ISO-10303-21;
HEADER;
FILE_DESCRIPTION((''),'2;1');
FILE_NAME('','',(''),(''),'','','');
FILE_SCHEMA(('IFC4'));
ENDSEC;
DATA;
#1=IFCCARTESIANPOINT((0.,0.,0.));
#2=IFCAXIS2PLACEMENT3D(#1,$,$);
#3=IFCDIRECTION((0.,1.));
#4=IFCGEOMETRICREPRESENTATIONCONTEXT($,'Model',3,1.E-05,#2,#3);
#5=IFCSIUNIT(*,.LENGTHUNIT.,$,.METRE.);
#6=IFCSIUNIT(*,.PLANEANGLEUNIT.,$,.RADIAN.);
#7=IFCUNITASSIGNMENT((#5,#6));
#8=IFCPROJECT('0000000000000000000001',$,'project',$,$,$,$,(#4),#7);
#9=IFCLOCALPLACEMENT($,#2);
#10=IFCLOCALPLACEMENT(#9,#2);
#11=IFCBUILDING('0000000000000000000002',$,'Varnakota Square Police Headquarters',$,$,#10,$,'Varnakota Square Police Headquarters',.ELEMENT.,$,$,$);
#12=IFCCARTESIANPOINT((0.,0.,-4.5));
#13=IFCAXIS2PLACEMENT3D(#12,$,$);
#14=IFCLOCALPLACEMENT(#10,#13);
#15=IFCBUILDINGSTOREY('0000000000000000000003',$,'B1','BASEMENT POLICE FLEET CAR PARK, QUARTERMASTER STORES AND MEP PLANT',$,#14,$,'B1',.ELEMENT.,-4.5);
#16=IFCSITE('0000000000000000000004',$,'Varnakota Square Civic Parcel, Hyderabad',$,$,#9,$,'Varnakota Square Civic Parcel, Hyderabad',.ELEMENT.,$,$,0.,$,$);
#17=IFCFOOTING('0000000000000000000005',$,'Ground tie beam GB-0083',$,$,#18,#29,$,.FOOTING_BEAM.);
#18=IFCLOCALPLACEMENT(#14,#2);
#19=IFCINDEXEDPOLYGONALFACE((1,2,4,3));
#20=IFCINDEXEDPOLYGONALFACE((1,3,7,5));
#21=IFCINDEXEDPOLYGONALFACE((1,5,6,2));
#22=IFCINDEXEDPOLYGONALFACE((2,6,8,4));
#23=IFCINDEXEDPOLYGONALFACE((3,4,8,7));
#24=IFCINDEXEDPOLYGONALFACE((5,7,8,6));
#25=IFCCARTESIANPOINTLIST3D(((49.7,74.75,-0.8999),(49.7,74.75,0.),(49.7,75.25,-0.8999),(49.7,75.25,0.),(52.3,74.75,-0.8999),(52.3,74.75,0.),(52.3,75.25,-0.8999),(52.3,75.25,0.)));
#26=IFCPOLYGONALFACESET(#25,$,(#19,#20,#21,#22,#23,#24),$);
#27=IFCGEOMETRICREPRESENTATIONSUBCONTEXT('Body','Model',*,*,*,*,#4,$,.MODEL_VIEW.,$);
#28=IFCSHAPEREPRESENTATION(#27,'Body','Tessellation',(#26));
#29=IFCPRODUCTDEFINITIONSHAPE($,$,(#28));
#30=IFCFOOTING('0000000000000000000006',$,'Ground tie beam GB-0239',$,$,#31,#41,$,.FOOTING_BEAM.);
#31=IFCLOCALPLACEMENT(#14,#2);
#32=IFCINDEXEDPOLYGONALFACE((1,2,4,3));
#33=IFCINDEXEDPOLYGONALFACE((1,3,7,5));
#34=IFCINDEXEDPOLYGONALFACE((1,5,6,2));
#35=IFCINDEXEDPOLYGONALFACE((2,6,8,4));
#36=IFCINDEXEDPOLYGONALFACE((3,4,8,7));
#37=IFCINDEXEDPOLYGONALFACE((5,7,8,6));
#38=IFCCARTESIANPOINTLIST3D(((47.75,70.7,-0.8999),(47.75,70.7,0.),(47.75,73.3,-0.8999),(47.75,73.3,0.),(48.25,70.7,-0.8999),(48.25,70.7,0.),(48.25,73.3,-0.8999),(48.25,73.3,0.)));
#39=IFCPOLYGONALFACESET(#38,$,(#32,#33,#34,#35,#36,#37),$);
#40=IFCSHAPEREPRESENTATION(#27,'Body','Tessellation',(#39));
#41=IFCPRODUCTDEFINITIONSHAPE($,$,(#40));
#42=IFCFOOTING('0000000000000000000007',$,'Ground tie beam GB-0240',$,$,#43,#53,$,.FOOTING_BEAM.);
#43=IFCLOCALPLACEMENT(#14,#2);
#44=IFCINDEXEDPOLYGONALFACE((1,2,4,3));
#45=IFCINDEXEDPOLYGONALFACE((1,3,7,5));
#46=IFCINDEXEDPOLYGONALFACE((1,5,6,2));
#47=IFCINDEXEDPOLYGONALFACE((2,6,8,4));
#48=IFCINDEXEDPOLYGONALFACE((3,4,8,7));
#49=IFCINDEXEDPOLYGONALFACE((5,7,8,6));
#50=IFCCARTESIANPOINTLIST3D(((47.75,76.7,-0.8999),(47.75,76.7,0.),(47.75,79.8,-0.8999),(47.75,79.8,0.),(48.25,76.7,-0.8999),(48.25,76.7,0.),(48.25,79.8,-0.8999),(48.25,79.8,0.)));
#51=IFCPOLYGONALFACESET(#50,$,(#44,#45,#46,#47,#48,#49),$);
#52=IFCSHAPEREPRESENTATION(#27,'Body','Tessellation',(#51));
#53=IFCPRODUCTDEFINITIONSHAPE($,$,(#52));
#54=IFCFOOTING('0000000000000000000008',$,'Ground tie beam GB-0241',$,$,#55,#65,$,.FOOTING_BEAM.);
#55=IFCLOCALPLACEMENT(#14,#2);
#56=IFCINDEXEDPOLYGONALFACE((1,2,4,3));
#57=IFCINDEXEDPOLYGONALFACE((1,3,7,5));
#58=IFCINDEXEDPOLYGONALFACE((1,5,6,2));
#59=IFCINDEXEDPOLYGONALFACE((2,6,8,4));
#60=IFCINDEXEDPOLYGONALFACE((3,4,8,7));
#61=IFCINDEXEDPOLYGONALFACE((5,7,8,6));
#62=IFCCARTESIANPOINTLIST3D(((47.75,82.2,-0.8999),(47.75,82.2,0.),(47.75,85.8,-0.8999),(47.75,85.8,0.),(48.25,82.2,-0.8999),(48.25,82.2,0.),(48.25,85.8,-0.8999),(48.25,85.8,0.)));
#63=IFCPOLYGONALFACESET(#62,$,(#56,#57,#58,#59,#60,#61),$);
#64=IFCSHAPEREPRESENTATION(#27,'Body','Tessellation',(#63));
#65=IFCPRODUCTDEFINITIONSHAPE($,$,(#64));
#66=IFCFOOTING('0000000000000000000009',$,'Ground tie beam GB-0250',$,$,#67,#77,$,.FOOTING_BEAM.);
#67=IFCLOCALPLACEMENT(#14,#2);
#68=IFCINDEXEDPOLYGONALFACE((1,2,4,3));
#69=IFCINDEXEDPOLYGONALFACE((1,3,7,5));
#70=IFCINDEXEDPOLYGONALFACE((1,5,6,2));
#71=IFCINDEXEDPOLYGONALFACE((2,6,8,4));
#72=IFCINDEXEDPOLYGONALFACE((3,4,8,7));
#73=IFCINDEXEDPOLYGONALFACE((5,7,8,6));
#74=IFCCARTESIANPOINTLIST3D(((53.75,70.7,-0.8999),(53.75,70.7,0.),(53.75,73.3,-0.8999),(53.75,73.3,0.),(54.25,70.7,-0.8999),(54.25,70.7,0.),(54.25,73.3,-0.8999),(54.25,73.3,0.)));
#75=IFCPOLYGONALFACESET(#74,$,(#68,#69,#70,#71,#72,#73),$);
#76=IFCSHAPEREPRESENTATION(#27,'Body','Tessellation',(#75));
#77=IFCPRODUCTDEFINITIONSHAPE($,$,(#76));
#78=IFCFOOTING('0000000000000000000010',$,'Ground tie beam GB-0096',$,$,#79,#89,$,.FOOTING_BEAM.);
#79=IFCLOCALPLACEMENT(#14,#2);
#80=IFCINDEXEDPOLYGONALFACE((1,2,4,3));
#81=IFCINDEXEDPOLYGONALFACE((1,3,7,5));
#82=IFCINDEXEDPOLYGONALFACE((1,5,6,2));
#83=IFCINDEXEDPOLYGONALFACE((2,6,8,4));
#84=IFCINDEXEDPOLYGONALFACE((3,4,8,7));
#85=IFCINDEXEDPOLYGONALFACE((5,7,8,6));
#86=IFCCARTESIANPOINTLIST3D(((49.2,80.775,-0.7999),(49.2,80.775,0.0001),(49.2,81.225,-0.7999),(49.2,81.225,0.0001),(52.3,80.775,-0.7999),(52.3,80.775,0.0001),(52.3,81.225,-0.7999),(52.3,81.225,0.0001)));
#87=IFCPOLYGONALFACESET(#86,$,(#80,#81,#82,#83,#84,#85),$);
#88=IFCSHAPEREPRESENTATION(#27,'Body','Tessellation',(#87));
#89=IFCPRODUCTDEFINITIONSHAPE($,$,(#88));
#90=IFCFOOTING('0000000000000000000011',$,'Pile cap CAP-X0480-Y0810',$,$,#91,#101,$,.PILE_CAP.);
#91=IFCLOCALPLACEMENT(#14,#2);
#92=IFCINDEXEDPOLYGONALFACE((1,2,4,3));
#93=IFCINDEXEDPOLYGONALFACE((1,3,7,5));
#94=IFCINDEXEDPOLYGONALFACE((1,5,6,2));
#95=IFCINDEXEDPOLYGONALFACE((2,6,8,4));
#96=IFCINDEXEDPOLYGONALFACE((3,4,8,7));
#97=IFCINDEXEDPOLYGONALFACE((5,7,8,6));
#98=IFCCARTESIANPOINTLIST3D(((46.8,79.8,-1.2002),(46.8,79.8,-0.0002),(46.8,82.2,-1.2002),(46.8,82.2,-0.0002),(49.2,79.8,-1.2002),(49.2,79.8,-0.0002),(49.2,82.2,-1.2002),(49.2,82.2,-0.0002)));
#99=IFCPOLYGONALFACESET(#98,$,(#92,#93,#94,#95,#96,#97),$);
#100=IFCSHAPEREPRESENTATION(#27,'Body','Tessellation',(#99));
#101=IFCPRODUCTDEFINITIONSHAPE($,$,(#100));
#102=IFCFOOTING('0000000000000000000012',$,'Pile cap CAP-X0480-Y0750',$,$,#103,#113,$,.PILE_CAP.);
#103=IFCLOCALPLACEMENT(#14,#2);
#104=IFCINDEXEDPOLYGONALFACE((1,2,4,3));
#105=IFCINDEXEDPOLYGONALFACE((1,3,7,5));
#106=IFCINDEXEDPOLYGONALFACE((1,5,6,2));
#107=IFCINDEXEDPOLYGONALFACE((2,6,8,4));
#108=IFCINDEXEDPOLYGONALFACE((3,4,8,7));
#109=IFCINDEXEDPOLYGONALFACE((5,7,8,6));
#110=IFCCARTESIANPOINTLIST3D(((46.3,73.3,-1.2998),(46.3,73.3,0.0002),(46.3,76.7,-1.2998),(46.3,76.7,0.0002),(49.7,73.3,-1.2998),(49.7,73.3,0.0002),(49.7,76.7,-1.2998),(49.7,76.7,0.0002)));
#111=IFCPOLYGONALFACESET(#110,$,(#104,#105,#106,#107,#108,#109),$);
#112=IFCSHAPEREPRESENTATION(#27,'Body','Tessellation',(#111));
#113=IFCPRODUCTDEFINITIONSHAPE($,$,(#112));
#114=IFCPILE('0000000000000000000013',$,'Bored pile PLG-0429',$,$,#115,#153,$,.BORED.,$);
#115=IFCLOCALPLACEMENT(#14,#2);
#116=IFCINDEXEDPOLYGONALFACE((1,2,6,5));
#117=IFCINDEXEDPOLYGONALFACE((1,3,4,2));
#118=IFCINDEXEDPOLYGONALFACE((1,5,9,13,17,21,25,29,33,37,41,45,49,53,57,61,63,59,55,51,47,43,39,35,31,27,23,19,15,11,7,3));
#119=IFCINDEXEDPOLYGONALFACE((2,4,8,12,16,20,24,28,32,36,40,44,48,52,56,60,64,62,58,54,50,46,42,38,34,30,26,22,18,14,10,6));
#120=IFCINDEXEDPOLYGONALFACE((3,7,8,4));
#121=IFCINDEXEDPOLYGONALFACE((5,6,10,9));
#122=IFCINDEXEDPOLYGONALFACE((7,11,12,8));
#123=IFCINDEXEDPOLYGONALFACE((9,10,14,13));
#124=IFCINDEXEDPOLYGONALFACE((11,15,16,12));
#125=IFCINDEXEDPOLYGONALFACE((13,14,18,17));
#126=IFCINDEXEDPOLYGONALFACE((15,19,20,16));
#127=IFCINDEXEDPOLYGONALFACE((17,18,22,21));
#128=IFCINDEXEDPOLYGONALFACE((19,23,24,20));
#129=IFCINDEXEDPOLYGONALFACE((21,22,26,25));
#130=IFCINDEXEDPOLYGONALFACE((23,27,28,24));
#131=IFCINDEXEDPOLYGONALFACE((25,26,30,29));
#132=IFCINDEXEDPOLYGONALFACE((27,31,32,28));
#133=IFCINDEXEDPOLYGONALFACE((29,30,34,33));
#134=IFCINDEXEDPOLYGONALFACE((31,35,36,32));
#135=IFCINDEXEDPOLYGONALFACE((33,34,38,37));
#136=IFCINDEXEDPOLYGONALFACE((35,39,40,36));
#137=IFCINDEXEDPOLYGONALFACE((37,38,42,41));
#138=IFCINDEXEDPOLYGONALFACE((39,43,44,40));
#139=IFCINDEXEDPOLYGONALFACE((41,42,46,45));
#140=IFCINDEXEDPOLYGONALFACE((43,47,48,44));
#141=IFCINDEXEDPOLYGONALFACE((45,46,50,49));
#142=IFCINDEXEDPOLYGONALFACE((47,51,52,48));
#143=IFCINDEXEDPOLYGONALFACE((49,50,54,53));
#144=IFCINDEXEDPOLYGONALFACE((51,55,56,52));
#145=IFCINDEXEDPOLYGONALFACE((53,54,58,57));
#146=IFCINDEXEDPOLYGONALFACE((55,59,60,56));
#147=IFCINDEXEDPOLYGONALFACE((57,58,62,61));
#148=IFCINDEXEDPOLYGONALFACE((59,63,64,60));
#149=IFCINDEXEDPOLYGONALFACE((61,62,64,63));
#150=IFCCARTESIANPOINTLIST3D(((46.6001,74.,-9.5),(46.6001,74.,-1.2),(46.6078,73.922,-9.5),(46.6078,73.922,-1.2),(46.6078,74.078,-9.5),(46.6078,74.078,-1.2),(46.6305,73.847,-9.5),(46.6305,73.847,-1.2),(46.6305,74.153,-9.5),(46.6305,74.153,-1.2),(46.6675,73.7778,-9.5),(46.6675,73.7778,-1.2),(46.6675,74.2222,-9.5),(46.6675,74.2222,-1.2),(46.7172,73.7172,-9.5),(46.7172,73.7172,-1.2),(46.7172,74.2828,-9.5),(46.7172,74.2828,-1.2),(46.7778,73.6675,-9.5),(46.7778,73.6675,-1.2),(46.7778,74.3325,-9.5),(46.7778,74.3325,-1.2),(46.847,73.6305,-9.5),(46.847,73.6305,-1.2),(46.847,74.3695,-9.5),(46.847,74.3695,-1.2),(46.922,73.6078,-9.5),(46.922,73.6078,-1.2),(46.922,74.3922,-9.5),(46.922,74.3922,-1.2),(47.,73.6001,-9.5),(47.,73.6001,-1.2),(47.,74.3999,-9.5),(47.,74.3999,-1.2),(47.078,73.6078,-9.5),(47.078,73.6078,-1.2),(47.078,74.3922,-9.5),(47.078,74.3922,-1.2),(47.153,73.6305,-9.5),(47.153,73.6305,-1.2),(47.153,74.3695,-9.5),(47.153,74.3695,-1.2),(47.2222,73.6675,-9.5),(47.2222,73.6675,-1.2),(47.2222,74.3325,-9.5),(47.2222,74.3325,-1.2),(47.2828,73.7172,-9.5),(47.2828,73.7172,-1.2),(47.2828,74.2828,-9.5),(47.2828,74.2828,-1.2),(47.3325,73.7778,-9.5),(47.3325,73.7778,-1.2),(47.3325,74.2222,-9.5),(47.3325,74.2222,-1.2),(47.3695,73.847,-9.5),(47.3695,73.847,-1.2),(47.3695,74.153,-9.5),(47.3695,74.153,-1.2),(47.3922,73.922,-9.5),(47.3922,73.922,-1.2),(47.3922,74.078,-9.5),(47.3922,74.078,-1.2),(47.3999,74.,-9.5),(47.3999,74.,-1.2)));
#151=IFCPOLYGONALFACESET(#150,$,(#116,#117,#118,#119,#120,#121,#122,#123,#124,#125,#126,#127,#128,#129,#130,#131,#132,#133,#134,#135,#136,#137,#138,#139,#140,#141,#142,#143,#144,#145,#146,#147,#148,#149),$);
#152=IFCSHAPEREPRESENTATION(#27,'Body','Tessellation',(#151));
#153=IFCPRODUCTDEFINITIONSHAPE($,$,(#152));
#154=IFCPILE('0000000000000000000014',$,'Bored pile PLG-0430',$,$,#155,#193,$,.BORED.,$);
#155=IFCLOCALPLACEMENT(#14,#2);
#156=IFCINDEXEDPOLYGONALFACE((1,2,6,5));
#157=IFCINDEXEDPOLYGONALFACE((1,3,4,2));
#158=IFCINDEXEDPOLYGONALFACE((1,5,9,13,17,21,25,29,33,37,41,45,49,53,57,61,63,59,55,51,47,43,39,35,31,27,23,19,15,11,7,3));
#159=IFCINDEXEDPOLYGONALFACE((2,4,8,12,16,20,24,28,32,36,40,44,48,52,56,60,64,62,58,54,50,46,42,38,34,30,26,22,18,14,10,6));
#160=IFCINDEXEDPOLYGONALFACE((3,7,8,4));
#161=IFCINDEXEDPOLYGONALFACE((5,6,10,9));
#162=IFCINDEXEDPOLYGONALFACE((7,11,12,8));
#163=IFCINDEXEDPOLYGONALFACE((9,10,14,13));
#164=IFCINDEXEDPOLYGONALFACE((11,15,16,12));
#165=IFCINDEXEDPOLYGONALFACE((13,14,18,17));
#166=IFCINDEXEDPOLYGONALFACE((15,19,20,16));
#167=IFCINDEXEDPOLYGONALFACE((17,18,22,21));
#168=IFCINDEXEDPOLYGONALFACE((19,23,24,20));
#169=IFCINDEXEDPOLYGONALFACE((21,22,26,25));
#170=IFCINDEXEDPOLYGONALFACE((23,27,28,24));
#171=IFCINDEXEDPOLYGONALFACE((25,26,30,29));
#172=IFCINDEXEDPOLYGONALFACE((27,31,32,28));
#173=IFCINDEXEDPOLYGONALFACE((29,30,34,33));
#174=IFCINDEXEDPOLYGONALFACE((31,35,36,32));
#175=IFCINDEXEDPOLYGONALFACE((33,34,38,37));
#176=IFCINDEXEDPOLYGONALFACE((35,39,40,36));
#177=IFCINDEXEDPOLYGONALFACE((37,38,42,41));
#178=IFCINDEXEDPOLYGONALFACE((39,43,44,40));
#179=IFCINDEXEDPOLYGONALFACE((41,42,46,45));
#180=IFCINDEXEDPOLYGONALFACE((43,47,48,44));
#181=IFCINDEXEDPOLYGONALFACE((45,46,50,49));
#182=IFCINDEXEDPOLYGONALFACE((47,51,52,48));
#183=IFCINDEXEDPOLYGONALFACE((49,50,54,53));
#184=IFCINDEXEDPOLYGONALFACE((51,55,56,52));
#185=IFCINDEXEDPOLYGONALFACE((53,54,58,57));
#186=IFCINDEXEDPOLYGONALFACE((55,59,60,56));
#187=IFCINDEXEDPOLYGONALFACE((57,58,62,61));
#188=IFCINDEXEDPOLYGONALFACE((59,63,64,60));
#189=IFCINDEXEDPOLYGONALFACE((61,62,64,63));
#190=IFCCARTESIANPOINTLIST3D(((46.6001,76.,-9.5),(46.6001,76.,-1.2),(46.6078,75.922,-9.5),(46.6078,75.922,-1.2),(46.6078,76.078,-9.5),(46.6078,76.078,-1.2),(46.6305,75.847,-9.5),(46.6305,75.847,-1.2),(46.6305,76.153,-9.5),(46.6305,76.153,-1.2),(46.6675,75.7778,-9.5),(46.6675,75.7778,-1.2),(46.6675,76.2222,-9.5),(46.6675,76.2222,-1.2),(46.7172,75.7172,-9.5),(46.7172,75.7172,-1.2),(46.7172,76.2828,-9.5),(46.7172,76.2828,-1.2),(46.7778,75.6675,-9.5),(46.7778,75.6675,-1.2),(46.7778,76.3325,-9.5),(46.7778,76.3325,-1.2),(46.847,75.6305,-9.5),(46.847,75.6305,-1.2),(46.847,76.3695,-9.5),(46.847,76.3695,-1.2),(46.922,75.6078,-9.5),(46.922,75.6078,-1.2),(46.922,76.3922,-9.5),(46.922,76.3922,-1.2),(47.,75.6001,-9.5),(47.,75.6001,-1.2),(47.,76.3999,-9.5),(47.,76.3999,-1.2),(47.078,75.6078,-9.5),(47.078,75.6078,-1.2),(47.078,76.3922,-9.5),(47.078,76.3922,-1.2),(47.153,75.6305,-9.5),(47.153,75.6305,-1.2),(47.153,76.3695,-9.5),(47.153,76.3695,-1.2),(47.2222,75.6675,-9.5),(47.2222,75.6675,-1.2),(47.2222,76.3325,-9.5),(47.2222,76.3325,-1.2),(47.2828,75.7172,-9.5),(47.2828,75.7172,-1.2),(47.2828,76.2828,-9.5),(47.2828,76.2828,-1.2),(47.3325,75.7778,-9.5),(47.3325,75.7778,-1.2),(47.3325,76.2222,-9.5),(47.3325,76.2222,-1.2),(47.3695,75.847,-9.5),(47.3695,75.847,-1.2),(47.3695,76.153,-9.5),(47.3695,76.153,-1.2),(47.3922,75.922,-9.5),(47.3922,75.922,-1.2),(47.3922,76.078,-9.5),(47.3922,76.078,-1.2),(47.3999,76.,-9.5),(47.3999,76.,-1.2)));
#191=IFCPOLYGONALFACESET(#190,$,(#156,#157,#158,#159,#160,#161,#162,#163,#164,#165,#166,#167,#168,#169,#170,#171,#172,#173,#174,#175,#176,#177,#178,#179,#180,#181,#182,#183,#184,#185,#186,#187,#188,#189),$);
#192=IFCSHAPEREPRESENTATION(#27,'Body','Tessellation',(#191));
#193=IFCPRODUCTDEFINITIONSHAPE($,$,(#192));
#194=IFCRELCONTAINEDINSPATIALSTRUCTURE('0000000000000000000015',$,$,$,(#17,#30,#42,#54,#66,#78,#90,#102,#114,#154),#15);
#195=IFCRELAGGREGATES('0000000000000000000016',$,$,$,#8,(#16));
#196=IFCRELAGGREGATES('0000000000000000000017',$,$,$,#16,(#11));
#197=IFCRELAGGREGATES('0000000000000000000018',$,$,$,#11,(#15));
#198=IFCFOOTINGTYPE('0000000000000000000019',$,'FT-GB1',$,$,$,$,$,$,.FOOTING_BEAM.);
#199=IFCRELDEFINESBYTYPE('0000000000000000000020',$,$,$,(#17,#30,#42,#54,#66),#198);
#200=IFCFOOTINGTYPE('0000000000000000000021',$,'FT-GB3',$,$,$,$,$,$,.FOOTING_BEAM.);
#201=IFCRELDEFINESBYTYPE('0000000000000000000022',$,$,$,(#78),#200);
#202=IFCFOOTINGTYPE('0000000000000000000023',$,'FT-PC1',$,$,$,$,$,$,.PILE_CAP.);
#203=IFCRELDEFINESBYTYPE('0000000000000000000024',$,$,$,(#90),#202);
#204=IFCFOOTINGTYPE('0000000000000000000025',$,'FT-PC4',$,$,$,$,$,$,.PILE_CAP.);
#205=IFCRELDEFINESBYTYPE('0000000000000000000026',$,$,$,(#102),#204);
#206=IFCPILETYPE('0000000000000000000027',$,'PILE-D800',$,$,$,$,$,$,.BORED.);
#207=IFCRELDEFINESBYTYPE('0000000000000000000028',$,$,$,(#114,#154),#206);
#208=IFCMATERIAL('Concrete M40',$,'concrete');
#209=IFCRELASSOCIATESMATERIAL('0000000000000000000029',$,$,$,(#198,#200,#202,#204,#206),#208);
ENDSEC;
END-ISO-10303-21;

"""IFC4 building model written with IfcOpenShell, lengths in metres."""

from ifc_helpers import new_model, si_unit, direction, frame, origin, origin_2d, place, context, subcontext, project, spatial, rectangle, circle, extrude, material, material_profile, profile_set, type_object, element, save


model = new_model("IFC4")

# Units and contexts
model_context = context("Model", 3, precision=1e-05, world=origin(), true_north=direction((0.0, 1.0)))
body_context = subcontext(model_context, "Body", "Model", "MODEL_VIEW")
ifc_project = project(units=[si_unit("LENGTHUNIT", "METRE"), si_unit("PLANEANGLEUNIT", "RADIAN")], contexts=[model_context])

# Site, building, storey
site_placement = place(None, origin())
site = spatial("IfcSite", under=ifc_project, at=site_placement, Name="Varnakota Square Civic Parcel, Hyderabad", LongName="Varnakota Square Civic Parcel, Hyderabad", CompositionType="ELEMENT", RefElevation=0.0)
building_placement = place(site_placement, origin())
building = spatial("IfcBuilding", under=site, at=building_placement, Name="Varnakota Square Police Headquarters", LongName="Varnakota Square Police Headquarters", CompositionType="ELEMENT")
storey_placement = place(building_placement, frame((0.0, 0.0, -4.5)))
storey = spatial("IfcBuildingStorey", under=building, at=storey_placement, Name="B1", Description="BASEMENT POLICE FLEET CAR PARK, QUARTERMASTER STORES AND MEP PLANT", LongName="B1", CompositionType="ELEMENT", Elevation=-4.5)

# Footings
ifc_material_1 = material(Name="Concrete M40", Category="concrete")
ifc_material_profile_1 = material_profile(ifc_material_1, rectangle(XDim=0.5, YDim=0.8999, at=origin_2d()), Name="GB 500x900")
ifc_profile_set_1 = profile_set([ifc_material_profile_1], Name="Concrete M40")
footing_type_1 = type_object("IfcFootingType", Name="FT-GB1", PredefinedType="FOOTING_BEAM", material=ifc_profile_set_1)
for number, where, z_axis, x_axis, name in (
    (1, (49.7, 75.0, -0.45), (1.0, 0.0, 0.0), (0.0, 1.0, 0.0), "Ground tie beam GB-0083"),
    (2, (48.0, 70.7, -0.45), (0.0, 1.0, 0.0), (-1.0, 0.0, 0.0), "Ground tie beam GB-0239"),
):
    element("IfcFooting", number, at=place(storey_placement, frame(where, z_axis=z_axis, x_axis=x_axis)), inside=storey, type_object=footing_type_1, Name=name, PredefinedType="FOOTING_BEAM", context=body_context, shape_type="SweptSolid", body=[
        extrude(rectangle(XDim=0.5, YDim=0.8999, at=origin_2d()), origin(), (0.0, 0.0, 1.0), 2.6001),
    ])
footing_1_placement = place(storey_placement, frame((48.0, 76.7, -0.45), z_axis=(0.0, 1.0, 0.0), x_axis=(-1.0, 0.0, 0.0)))
element("IfcFooting", 3, at=footing_1_placement, inside=storey, type_object=footing_type_1, Name="Ground tie beam GB-0240", PredefinedType="FOOTING_BEAM", context=body_context, shape_type="SweptSolid", body=[
    extrude(rectangle(XDim=0.5, YDim=0.8999, at=origin_2d()), origin(), (0.0, 0.0, 1.0), 3.1001),
])
footing_2_placement = place(storey_placement, frame((48.0, 82.2, -0.45), z_axis=(0.0, 1.0, 0.0), x_axis=(-1.0, 0.0, 0.0)))
element("IfcFooting", 4, at=footing_2_placement, inside=storey, type_object=footing_type_1, Name="Ground tie beam GB-0241", PredefinedType="FOOTING_BEAM", context=body_context, shape_type="SweptSolid", body=[
    extrude(rectangle(XDim=0.5, YDim=0.8999, at=origin_2d()), origin(), (0.0, 0.0, 1.0), 3.6001),
])
footing_3_placement = place(storey_placement, frame((54.0, 70.7, -0.45), z_axis=(0.0, 1.0, 0.0), x_axis=(-1.0, 0.0, 0.0)))
element("IfcFooting", 5, at=footing_3_placement, inside=storey, type_object=footing_type_1, Name="Ground tie beam GB-0250", PredefinedType="FOOTING_BEAM", context=body_context, shape_type="SweptSolid", body=[
    extrude(rectangle(XDim=0.5, YDim=0.8999, at=origin_2d()), origin(), (0.0, 0.0, 1.0), 2.6001),
])
ifc_material_profile_2 = material_profile(ifc_material_1, rectangle(XDim=0.45, YDim=0.8, at=origin_2d()), Name="GB 450x800")
ifc_profile_set_2 = profile_set([ifc_material_profile_2], Name="Concrete M40")
footing_type_2 = type_object("IfcFootingType", Name="FT-GB3", PredefinedType="FOOTING_BEAM", material=ifc_profile_set_2)
footing_4_placement = place(storey_placement, frame((49.2, 81.0, -0.3999), z_axis=(1.0, 0.0, 0.0), x_axis=(0.0, 1.0, 0.0)))
element("IfcFooting", 6, at=footing_4_placement, inside=storey, type_object=footing_type_2, Name="Ground tie beam GB-0096", PredefinedType="FOOTING_BEAM", context=body_context, shape_type="SweptSolid", body=[
    extrude(rectangle(XDim=0.45, YDim=0.8, at=origin_2d()), origin(), (0.0, 0.0, 1.0), 3.1001),
])
footing_type_3 = type_object("IfcFootingType", Name="FT-PC1", PredefinedType="PILE_CAP", material=ifc_material_1)
footing_5_placement = place(storey_placement, frame((48.0, 81.0, -1.2002), z_axis=(0.0, 0.0, 1.0), x_axis=(1.0, 0.0, 0.0)))
element("IfcFooting", 7, at=footing_5_placement, inside=storey, type_object=footing_type_3, Name="Pile cap CAP-X0480-Y0810", PredefinedType="PILE_CAP", context=body_context, shape_type="SweptSolid", body=[
    extrude(rectangle(XDim=2.3999, YDim=2.3999, at=origin_2d()), origin(), (0.0, 0.0, 1.0), 1.2),
])
footing_type_4 = type_object("IfcFootingType", Name="FT-PC4", PredefinedType="PILE_CAP", material=ifc_material_1)
footing_6_placement = place(storey_placement, frame((48.0, 75.0, -1.2998), z_axis=(0.0, 0.0, 1.0), x_axis=(1.0, 0.0, 0.0)))
element("IfcFooting", 8, at=footing_6_placement, inside=storey, type_object=footing_type_4, Name="Pile cap CAP-X0480-Y0750", PredefinedType="PILE_CAP", context=body_context, shape_type="SweptSolid", body=[
    extrude(rectangle(XDim=3.3999, YDim=3.3999, at=origin_2d()), origin(), (0.0, 0.0, 1.0), 1.3),
])

# Piles
ifc_material_profile_3 = material_profile(ifc_material_1, circle(Radius=0.3999, at=origin_2d()), Name="BORED PILE 800")
ifc_profile_set_3 = profile_set([ifc_material_profile_3], Name="Concrete M40")
pile_type = type_object("IfcPileType", Name="PILE-D800", PredefinedType="BORED", material=ifc_profile_set_3)
for number, where, z_axis, x_axis, name in (
    (9, (47.0, 74.0, -1.2), (0.0, 0.0, -1.0), (1.0, 0.0, 0.0), "Bored pile PLG-0429"),
    (10, (47.0, 76.0, -1.2), (0.0, 0.0, -1.0), (1.0, 0.0, 0.0), "Bored pile PLG-0430"),
):
    element("IfcPile", number, at=place(storey_placement, frame(where, z_axis=z_axis, x_axis=x_axis)), inside=storey, type_object=pile_type, Name=name, PredefinedType="BORED", context=body_context, shape_type="SweptSolid", body=[
        extrude(circle(Radius=0.3999, at=origin_2d()), origin(), (0.0, 0.0, 1.0), 8.3),
    ])

save(model, "model.ifc")
